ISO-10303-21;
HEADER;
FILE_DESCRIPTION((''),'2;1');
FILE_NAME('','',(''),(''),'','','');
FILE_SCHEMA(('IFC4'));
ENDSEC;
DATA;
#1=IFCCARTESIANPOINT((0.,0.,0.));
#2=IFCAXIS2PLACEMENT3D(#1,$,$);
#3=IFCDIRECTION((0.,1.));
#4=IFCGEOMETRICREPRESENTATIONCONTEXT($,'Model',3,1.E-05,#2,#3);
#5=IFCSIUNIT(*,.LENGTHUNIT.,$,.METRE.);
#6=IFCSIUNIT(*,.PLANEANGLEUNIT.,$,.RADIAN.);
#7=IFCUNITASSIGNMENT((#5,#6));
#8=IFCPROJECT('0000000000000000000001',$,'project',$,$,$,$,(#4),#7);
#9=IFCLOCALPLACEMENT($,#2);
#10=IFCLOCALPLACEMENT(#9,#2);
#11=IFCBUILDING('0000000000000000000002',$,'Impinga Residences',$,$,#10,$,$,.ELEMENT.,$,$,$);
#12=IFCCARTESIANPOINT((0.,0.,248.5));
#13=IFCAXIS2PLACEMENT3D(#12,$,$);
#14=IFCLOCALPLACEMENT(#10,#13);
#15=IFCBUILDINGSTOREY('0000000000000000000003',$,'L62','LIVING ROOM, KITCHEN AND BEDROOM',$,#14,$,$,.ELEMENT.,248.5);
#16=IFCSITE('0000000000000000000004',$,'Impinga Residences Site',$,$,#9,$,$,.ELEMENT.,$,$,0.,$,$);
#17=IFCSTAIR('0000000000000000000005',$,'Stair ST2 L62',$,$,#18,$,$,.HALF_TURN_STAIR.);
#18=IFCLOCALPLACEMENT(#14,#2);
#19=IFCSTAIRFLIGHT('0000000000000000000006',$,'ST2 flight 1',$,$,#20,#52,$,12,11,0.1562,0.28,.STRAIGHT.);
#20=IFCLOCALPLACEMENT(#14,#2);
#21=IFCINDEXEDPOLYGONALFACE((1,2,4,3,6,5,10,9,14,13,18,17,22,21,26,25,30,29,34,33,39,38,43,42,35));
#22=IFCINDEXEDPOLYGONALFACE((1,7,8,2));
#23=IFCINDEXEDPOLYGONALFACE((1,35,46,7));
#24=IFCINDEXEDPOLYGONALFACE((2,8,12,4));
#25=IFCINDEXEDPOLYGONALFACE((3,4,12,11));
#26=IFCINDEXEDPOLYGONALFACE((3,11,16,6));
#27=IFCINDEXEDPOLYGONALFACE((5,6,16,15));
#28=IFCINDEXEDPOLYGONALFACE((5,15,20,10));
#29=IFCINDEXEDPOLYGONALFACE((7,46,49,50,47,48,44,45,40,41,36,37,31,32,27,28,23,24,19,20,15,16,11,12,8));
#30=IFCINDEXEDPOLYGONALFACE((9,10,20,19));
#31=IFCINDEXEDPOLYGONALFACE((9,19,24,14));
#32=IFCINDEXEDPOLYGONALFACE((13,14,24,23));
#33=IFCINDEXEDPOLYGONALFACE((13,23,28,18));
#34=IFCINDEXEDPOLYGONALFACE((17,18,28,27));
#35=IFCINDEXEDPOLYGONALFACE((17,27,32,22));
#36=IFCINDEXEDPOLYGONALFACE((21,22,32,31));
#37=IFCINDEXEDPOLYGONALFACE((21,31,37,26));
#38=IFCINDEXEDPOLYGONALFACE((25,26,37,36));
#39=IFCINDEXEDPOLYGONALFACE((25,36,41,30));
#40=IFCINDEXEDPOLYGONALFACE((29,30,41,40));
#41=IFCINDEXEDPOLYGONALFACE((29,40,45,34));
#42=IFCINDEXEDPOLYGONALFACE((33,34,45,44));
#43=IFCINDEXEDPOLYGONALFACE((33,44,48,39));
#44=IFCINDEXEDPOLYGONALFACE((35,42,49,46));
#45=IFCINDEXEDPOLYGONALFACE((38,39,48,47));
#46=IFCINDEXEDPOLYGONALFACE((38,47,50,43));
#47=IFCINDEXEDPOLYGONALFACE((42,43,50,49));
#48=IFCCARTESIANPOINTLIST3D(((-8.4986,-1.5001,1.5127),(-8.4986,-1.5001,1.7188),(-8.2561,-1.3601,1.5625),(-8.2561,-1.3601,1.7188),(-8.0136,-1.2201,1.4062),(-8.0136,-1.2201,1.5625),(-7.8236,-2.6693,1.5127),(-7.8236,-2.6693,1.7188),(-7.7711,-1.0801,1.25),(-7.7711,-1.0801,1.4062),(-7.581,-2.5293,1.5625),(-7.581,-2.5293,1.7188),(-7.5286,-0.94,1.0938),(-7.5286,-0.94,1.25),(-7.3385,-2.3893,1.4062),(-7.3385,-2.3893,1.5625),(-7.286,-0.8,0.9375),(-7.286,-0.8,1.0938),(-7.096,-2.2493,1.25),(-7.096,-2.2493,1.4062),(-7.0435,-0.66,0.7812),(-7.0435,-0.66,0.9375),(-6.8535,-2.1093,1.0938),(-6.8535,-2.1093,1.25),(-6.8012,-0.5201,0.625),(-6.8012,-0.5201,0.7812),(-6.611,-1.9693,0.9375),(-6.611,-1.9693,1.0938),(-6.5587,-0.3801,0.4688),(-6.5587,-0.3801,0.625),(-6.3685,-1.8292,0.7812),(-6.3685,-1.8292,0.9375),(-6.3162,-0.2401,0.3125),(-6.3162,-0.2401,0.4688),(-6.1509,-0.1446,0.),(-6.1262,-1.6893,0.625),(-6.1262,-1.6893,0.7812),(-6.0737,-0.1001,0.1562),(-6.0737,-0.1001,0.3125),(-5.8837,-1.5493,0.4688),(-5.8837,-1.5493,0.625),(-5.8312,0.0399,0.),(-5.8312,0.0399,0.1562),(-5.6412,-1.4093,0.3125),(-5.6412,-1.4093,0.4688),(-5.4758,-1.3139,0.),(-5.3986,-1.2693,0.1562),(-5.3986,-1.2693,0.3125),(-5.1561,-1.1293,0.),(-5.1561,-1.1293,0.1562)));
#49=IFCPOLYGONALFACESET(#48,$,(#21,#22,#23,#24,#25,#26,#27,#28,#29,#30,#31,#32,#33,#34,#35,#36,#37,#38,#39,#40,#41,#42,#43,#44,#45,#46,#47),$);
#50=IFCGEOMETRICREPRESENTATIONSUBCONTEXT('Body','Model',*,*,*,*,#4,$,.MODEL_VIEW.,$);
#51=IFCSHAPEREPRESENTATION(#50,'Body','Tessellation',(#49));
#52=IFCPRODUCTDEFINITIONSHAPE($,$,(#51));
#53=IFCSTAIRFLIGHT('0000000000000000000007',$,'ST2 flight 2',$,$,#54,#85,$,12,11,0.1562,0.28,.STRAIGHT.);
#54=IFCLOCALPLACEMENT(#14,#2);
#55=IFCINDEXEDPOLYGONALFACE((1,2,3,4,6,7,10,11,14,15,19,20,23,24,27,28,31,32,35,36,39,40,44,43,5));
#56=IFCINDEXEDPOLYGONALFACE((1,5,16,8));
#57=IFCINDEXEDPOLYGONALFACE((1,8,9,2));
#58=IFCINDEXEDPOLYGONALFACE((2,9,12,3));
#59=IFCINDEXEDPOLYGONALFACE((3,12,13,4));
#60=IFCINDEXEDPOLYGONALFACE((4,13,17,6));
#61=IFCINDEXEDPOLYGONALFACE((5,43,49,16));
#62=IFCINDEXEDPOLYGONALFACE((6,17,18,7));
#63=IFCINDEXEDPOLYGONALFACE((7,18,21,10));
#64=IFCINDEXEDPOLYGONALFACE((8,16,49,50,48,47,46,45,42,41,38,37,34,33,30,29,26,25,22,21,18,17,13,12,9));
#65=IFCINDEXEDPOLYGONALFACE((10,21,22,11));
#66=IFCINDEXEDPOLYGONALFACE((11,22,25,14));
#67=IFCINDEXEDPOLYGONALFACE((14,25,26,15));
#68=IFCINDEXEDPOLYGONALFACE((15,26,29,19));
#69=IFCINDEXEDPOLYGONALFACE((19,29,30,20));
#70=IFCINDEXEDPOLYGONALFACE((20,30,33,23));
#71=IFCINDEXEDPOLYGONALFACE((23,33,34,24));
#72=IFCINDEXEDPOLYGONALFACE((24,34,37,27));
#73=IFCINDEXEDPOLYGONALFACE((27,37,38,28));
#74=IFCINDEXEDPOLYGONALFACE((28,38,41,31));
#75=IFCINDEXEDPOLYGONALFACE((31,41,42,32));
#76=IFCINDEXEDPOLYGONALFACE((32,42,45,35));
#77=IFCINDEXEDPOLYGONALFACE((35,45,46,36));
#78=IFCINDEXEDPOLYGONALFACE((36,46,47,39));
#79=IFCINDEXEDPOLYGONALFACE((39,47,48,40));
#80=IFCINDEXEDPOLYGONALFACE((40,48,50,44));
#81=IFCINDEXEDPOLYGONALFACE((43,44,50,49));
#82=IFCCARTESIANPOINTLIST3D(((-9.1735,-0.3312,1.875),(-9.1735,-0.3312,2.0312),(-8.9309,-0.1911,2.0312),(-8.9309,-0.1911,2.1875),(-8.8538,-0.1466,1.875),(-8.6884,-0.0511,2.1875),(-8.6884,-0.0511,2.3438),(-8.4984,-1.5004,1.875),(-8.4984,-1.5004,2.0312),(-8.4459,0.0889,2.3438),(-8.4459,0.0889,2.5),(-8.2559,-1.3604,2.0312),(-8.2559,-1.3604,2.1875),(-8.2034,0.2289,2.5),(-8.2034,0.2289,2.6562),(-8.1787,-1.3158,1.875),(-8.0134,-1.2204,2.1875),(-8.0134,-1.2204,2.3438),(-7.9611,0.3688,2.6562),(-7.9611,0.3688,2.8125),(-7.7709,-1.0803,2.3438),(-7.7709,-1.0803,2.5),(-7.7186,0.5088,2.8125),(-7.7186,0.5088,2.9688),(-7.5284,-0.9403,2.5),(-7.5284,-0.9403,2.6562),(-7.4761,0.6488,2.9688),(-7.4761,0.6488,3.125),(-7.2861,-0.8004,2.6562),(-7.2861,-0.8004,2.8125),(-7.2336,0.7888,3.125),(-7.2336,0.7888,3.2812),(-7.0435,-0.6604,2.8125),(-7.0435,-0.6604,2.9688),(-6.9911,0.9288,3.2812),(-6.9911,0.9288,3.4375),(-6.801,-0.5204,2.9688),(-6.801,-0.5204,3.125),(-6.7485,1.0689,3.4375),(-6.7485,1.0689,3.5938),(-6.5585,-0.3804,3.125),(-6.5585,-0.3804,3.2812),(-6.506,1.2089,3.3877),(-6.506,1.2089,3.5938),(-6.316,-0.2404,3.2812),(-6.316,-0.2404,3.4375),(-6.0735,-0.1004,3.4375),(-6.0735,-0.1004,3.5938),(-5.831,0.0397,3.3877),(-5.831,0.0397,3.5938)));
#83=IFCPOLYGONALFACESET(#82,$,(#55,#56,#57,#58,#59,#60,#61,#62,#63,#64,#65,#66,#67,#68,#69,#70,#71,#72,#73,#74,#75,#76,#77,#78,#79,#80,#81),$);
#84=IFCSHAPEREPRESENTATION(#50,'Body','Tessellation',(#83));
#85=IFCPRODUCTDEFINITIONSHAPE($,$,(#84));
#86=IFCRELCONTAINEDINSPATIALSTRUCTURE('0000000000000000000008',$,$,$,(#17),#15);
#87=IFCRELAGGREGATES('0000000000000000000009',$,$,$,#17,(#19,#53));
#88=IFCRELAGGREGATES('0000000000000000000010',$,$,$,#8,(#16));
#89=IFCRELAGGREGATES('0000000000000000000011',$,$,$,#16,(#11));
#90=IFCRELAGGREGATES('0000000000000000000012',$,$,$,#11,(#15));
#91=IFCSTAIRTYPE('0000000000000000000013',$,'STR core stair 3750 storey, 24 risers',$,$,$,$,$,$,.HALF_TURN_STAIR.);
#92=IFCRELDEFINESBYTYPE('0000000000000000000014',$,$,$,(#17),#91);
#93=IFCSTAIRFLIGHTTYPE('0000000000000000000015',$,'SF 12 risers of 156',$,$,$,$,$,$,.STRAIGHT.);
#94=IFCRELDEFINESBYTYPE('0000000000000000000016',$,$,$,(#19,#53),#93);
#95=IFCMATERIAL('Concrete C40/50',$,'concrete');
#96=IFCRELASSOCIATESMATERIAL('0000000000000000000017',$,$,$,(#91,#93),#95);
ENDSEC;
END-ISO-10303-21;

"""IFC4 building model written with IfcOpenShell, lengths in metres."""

from ifc_helpers import new_model, si_unit, direction, frame, origin, place, context, subcontext, project, spatial, polyline, outline, extrude, material, type_object, element, aggregate, save


model = new_model("IFC4")

# Units and contexts
model_context = context("Model", 3, precision=1e-05, world=origin(), true_north=direction((0.0, 1.0)))
body_context = subcontext(model_context, "Body", "Model", "MODEL_VIEW")
ifc_project = project(units=[si_unit("LENGTHUNIT", "METRE"), si_unit("PLANEANGLEUNIT", "RADIAN")], contexts=[model_context])

# Site, building, storey
site_placement = place(None, origin())
site = spatial("IfcSite", under=ifc_project, at=site_placement, Name="Impinga Residences Site", CompositionType="ELEMENT", RefElevation=0.0)
building_placement = place(site_placement, origin())
building = spatial("IfcBuilding", under=site, at=building_placement, Name="Impinga Residences", CompositionType="ELEMENT")
storey_placement = place(building_placement, frame((0.0, 0.0, 248.5)))
storey = spatial("IfcBuildingStorey", under=building, at=storey_placement, Name="L62", Description="LIVING ROOM, KITCHEN AND BEDROOM", CompositionType="ELEMENT", Elevation=248.5)

# Stair, stair flights
ifc_material_1 = material(Name="Concrete C40/50", Category="concrete")
stair_type = type_object("IfcStairType", Name="STR core stair 3750 storey, 24 risers", PredefinedType="HALF_TURN_STAIR", material=ifc_material_1)
stair_placement = place(storey_placement, origin())
stair = element("IfcStair", 1, at=stair_placement, inside=storey, type_object=stair_type, Name="Stair ST2 L62", PredefinedType="HALF_TURN_STAIR")
stair_flight_type = type_object("IfcStairFlightType", Name="SF 12 risers of 156", PredefinedType="STRAIGHT", material=ifc_material_1)
stair_flight_1_placement = place(storey_placement, frame((-5.4937, -0.5447, 0.0), z_axis=(0.0, 0.0, 1.0), x_axis=(-0.866025, -0.5, 0.0)))
stair_flight_1 = element("IfcStairFlight", 2, at=stair_flight_1_placement, type_object=stair_flight_type, Name="ST2 flight 1", NumberOfRisers=12, NumberOfTreads=11, PredefinedType="STRAIGHT", RiserHeight=0.1562, TreadLength=0.28, context=body_context, shape_type="SweptSolid", body=[
    extrude(outline(polyline([(0.0, 0.0), (0.0, 0.1562), (0.28, 0.1562), (0.28, 0.3125), (0.5601, 0.3125), (0.5601, 0.4688), (0.8401, 0.4688), (0.8401, 0.625), (1.1201, 0.625), (1.1201, 0.7812), (1.3999, 0.7812), (1.3999, 0.9375), (1.6799, 0.9375), (1.6799, 1.0938), (1.96, 1.0938), (1.96, 1.25), (2.24, 1.25), (2.24, 1.4062), (2.52, 1.4062), (2.52, 1.5625), (2.8, 1.5625), (2.8, 1.7188), (3.0801, 1.7188), (3.0801, 1.875), (3.0801, 1.5127), (0.3691, 0.0), (0.0, 0.0)])), frame((0.0, 0.675, 0.0), z_axis=(0.0, -1.0, 0.0), x_axis=(1.0, 0.0, 0.0)), (0.0, 0.0, 1.0), 1.3501),
])
stair_flight_2_placement = place(storey_placement, frame((-8.8359, -0.9158, 1.875), z_axis=(0.0, 0.0, 1.0), x_axis=(0.866025, 0.5, 0.0)))
stair_flight_2 = element("IfcStairFlight", 3, at=stair_flight_2_placement, type_object=stair_flight_type, Name="ST2 flight 2", NumberOfRisers=12, NumberOfTreads=11, PredefinedType="STRAIGHT", RiserHeight=0.1562, TreadLength=0.28, context=body_context, shape_type="SweptSolid", body=[
    extrude(outline(polyline([(0.0, 0.0), (0.0, 0.1562), (0.28, 0.1562), (0.28, 0.3125), (0.5601, 0.3125), (0.5601, 0.4688), (0.8401, 0.4688), (0.8401, 0.625), (1.1201, 0.625), (1.1201, 0.7812), (1.3999, 0.7812), (1.3999, 0.9375), (1.6799, 0.9375), (1.6799, 1.0938), (1.96, 1.0938), (1.96, 1.25), (2.24, 1.25), (2.24, 1.4062), (2.52, 1.4062), (2.52, 1.5625), (2.8, 1.5625), (2.8, 1.7188), (3.0801, 1.7188), (3.0801, 1.875), (3.0801, 1.5127), (0.3691, 0.0), (0.0, 0.0)])), frame((0.0, 0.675, 0.0), z_axis=(0.0, -1.0, 0.0), x_axis=(1.0, 0.0, 0.0)), (0.0, 0.0, 1.0), 1.3501),
])
aggregate(stair, [stair_flight_1, stair_flight_2])

save(model, "model.ifc")
